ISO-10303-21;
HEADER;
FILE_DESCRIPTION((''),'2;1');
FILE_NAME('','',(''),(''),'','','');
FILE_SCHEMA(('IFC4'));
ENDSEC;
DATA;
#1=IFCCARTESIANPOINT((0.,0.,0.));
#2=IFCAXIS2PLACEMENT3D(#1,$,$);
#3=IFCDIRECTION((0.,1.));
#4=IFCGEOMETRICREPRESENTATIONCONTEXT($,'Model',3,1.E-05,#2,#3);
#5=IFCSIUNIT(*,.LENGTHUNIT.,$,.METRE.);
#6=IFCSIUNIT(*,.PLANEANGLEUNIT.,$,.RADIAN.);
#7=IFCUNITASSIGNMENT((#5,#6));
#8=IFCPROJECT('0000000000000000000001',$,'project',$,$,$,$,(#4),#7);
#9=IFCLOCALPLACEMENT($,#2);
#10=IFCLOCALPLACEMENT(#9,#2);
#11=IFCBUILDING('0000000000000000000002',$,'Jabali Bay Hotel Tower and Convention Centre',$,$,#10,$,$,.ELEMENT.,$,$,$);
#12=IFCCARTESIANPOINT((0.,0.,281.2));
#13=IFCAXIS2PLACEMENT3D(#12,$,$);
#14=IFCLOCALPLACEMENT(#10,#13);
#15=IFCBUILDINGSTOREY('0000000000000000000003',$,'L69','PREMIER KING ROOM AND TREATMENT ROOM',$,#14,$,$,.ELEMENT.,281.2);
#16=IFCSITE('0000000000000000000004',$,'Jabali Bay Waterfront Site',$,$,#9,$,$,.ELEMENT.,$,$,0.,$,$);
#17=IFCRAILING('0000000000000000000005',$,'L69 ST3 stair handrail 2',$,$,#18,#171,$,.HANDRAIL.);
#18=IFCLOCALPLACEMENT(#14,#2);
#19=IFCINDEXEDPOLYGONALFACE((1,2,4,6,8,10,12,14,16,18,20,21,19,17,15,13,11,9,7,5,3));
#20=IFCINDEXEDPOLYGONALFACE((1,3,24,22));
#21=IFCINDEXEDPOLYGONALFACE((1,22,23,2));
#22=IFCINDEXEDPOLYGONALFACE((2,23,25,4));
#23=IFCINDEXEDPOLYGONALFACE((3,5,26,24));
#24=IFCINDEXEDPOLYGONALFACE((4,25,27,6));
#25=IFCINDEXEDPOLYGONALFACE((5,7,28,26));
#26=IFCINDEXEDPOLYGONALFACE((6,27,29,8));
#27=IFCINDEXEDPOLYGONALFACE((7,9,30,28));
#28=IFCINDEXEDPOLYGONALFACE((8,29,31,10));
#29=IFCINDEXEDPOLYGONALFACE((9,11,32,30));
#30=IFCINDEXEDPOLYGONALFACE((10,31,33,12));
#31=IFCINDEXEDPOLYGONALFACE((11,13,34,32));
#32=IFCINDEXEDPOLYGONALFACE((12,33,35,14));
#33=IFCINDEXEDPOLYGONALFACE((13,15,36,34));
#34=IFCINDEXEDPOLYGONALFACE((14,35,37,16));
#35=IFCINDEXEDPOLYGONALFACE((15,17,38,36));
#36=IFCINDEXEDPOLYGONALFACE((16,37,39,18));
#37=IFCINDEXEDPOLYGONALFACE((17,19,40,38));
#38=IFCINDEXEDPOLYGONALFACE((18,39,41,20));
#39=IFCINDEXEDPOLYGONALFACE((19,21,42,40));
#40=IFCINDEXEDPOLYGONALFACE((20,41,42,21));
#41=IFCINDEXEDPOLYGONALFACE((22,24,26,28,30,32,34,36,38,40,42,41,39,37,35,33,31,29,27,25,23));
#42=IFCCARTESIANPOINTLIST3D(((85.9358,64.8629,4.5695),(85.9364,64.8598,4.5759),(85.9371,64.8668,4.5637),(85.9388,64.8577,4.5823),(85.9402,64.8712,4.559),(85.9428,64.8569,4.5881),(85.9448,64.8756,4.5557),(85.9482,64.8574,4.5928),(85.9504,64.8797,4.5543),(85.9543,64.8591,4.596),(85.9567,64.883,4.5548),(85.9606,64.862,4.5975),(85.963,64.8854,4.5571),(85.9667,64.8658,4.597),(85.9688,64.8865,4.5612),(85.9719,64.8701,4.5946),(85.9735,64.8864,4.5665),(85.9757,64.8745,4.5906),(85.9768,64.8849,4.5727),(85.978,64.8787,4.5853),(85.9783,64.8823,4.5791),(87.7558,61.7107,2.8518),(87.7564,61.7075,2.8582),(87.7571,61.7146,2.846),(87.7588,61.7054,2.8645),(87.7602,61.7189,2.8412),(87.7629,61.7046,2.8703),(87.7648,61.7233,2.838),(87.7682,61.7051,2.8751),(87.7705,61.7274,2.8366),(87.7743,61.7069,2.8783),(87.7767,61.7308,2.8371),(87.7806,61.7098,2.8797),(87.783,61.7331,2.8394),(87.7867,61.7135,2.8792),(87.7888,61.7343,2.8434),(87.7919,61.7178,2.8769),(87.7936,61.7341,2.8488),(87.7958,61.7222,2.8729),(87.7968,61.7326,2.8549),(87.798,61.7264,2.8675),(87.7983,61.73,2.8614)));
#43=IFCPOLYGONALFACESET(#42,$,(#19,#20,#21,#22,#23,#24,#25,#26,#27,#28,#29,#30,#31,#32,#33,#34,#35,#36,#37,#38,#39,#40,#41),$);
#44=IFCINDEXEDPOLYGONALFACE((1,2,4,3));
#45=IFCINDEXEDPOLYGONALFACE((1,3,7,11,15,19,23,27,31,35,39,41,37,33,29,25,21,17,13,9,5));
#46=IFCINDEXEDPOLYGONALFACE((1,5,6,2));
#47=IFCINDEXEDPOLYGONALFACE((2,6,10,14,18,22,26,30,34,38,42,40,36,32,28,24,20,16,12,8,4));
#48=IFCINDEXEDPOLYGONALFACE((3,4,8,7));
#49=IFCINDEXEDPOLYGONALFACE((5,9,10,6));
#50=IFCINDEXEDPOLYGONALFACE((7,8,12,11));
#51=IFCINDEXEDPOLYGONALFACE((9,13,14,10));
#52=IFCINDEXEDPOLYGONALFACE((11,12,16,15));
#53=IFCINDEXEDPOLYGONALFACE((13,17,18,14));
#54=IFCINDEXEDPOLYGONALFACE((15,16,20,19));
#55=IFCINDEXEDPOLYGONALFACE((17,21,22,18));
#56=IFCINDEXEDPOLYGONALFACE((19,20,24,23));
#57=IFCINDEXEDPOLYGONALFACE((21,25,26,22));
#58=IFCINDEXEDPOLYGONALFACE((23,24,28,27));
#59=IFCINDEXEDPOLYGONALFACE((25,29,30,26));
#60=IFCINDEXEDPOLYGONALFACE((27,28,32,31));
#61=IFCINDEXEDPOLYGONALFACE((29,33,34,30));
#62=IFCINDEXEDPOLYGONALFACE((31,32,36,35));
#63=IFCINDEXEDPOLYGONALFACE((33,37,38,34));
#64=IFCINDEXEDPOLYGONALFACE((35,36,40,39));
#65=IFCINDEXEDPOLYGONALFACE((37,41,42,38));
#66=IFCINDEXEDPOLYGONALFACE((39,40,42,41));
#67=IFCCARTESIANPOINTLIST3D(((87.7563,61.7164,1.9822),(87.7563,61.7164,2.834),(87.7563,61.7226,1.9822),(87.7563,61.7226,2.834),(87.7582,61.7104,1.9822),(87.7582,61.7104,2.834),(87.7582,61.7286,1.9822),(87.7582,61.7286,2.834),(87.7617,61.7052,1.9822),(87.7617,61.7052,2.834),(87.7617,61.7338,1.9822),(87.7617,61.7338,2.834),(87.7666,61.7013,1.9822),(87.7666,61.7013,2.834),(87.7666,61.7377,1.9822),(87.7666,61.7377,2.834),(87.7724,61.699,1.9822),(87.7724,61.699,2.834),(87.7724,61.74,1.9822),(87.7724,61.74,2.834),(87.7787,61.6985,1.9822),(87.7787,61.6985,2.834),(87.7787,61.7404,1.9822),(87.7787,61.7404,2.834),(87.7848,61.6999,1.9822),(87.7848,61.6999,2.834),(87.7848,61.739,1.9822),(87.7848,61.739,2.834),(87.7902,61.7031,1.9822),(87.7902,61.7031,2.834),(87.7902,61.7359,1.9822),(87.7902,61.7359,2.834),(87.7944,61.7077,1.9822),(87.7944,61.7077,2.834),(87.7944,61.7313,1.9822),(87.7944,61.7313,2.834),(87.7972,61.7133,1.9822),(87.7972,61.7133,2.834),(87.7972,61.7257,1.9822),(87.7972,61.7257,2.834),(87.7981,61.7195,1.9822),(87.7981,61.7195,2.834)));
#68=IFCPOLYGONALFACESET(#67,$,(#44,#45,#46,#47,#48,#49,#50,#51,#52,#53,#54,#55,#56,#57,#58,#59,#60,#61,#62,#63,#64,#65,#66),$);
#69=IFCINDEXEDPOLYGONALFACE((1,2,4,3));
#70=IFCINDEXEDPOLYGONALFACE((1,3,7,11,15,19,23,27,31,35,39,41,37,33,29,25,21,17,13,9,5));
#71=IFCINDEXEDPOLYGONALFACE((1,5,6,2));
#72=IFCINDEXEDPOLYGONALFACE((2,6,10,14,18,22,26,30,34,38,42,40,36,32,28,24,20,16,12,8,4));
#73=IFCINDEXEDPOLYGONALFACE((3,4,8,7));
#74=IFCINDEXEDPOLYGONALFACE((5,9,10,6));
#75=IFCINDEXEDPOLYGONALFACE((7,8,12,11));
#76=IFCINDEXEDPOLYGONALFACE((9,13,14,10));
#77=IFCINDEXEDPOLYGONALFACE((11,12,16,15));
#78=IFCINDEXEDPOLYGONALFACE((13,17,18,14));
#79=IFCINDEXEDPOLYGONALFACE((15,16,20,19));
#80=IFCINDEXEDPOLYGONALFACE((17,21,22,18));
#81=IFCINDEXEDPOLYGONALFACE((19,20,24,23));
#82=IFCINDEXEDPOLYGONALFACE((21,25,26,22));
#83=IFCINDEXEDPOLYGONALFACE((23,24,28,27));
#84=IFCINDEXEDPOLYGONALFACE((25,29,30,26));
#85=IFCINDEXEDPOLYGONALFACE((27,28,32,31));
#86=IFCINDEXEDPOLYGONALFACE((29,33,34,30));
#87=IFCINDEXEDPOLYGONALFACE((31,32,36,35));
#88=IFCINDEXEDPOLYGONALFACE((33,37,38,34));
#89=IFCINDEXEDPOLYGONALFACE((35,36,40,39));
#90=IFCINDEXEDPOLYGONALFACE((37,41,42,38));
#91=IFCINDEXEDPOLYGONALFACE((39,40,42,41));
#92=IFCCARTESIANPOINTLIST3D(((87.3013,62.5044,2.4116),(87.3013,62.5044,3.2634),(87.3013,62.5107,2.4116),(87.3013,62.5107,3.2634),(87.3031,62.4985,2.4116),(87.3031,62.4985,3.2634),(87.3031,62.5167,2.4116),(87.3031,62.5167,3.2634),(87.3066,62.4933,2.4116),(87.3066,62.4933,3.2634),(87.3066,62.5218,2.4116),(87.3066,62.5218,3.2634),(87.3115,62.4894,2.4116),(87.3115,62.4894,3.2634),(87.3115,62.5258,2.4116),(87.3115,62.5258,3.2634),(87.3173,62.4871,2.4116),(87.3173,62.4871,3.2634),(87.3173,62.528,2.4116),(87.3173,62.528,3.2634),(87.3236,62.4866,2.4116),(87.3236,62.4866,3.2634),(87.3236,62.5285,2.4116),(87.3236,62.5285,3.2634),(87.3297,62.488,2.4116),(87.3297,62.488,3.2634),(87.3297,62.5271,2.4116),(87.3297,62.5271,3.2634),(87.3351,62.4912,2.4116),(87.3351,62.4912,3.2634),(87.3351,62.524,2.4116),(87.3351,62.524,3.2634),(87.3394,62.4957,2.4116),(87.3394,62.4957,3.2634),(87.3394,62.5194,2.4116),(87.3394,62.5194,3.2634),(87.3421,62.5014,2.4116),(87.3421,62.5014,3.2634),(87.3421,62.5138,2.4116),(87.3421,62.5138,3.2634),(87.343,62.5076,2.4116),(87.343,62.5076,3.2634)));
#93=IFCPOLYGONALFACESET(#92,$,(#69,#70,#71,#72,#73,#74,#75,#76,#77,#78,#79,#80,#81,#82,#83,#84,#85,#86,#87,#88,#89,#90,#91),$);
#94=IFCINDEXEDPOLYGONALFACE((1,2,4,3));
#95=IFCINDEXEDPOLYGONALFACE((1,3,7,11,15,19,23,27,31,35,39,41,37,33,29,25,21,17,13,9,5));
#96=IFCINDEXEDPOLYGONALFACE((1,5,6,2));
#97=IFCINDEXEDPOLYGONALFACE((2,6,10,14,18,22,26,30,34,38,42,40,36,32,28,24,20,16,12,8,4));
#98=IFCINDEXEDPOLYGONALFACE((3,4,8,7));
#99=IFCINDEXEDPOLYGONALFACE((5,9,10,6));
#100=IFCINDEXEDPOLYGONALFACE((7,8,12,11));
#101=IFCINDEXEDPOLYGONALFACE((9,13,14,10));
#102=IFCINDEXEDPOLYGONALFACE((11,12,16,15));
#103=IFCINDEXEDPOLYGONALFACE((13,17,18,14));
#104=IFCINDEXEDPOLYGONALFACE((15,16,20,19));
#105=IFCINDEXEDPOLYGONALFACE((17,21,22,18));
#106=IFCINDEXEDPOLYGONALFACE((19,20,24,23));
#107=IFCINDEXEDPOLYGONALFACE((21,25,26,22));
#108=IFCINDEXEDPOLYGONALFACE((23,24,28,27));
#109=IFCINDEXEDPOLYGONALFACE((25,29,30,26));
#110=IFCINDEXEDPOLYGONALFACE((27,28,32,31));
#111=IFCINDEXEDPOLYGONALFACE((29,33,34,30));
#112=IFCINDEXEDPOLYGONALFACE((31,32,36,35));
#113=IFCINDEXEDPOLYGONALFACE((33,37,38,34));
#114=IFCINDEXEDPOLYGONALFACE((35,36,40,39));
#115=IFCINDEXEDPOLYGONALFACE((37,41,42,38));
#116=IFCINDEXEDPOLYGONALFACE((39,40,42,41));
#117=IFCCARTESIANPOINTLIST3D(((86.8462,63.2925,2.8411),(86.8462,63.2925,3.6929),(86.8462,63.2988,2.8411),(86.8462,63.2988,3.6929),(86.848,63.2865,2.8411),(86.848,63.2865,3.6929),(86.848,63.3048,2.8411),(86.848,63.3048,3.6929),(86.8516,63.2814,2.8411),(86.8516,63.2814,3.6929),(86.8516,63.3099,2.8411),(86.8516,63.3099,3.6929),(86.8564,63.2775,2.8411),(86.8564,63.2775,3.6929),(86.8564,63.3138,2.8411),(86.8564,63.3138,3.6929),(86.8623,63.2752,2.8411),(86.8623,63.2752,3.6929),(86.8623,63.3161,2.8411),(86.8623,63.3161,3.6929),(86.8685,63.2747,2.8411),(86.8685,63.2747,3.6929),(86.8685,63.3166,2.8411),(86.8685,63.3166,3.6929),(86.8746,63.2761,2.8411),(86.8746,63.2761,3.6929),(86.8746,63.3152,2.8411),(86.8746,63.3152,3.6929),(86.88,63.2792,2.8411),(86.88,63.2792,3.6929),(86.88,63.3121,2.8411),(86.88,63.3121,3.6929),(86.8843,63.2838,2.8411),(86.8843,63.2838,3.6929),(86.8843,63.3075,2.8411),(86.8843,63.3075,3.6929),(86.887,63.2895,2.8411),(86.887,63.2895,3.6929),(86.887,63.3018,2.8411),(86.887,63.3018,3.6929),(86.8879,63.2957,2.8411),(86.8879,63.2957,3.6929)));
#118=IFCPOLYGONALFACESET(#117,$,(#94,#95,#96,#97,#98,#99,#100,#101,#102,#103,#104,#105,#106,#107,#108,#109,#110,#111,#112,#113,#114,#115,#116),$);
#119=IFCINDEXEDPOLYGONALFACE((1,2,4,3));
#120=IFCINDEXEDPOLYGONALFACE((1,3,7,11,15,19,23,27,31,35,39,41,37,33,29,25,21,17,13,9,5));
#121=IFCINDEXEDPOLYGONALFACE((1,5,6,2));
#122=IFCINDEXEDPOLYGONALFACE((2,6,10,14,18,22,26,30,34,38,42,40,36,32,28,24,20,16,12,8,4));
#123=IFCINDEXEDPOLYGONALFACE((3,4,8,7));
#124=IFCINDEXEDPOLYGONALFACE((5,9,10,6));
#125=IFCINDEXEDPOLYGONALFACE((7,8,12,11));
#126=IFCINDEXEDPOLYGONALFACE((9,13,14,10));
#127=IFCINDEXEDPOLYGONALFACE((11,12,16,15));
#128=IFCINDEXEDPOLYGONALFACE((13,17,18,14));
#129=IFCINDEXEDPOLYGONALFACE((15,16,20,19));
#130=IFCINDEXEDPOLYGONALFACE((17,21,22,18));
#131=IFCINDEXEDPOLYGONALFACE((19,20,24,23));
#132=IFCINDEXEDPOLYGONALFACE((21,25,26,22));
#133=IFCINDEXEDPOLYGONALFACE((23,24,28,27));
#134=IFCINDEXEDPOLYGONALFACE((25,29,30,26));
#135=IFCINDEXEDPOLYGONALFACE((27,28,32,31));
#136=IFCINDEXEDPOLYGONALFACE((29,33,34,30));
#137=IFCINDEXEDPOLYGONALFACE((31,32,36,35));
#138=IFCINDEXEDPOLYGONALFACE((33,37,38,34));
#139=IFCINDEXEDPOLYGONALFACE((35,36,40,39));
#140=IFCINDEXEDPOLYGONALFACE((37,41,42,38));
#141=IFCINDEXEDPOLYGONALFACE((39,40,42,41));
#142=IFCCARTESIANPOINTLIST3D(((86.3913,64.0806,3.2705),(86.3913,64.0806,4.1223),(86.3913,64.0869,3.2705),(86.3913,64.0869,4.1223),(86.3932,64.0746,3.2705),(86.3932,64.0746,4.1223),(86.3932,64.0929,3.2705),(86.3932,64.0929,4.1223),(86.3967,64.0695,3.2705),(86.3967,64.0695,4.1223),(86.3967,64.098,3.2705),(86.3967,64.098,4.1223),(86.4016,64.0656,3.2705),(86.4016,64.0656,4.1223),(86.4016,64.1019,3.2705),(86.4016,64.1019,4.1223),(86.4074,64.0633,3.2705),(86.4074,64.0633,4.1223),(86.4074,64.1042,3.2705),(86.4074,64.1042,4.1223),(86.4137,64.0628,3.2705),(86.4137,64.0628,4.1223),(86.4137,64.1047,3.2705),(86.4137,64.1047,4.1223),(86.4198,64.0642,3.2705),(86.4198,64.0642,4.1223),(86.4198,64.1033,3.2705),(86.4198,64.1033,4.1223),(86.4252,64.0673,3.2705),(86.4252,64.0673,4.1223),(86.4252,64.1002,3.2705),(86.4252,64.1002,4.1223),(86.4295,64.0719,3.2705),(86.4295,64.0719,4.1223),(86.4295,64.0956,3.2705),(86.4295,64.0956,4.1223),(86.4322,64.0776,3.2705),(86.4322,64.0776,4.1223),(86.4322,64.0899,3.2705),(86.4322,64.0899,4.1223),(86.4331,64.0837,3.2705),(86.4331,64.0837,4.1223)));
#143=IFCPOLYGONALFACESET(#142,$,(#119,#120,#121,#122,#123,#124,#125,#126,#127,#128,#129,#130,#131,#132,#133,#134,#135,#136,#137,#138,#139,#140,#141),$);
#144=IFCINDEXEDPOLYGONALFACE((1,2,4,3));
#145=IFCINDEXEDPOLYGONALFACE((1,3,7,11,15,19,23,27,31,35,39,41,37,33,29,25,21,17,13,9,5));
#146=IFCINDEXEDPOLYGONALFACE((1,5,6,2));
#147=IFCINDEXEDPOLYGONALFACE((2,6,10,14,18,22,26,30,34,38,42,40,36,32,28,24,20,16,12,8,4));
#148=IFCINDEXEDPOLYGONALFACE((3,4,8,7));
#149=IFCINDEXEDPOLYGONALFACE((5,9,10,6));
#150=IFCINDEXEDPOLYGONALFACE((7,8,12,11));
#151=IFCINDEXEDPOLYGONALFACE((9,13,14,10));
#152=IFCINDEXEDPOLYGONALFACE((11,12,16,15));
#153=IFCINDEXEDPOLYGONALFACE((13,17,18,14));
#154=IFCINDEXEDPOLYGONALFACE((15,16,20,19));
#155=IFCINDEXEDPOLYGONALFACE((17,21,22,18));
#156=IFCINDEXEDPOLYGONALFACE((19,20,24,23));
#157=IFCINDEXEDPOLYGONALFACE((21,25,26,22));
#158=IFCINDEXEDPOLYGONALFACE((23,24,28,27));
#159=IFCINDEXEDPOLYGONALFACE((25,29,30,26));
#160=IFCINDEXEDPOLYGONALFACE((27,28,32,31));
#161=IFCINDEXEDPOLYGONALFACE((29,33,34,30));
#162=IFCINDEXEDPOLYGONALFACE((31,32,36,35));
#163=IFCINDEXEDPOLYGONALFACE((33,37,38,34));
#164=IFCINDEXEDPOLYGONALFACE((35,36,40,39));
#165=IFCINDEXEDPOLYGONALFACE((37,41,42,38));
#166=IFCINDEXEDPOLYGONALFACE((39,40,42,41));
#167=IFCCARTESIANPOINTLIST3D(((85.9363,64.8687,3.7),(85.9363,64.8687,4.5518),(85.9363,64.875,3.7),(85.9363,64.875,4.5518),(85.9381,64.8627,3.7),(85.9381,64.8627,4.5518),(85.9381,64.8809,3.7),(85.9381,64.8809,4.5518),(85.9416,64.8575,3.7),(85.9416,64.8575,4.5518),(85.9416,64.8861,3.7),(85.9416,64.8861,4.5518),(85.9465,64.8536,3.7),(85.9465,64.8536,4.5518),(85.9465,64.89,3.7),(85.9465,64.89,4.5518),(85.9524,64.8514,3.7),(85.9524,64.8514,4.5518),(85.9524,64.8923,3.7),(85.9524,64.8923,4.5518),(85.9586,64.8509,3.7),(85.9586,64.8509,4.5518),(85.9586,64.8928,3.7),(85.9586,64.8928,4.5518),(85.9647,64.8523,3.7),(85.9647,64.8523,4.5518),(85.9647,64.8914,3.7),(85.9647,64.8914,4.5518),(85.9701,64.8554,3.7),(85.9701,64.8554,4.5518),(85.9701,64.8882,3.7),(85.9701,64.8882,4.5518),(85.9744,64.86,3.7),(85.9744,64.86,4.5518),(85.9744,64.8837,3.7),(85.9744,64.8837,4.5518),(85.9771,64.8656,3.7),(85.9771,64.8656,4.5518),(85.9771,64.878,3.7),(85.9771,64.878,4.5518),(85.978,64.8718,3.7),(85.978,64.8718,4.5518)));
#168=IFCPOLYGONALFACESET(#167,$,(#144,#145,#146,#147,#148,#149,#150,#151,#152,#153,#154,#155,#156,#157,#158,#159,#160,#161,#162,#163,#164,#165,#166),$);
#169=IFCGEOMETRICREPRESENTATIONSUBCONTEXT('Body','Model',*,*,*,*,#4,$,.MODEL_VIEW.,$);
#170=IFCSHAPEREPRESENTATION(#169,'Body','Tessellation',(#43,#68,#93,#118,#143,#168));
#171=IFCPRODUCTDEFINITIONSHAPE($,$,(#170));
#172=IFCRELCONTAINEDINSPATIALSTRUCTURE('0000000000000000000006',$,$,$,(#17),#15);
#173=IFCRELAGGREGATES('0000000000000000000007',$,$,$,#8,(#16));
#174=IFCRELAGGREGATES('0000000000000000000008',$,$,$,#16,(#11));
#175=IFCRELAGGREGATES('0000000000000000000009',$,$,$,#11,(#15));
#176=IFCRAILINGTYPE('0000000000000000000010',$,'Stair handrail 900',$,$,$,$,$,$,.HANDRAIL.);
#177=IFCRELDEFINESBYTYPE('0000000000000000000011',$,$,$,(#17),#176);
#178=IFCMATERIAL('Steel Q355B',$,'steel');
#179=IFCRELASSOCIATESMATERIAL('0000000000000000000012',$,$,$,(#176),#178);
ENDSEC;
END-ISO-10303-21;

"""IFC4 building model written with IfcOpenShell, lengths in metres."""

from ifc_helpers import new_model, si_unit, direction, frame, origin, origin_2d, place, context, subcontext, project, spatial, circle, extrude, material, type_object, element, save


model = new_model("IFC4")

# Units and contexts
model_context = context("Model", 3, precision=1e-05, world=origin(), true_north=direction((0.0, 1.0)))
body_context = subcontext(model_context, "Body", "Model", "MODEL_VIEW")
ifc_project = project(units=[si_unit("LENGTHUNIT", "METRE"), si_unit("PLANEANGLEUNIT", "RADIAN")], contexts=[model_context])

# Site, building, storey
site_placement = place(None, origin())
site = spatial("IfcSite", under=ifc_project, at=site_placement, Name="Jabali Bay Waterfront Site", CompositionType="ELEMENT", RefElevation=0.0)
building_placement = place(site_placement, origin())
building = spatial("IfcBuilding", under=site, at=building_placement, Name="Jabali Bay Hotel Tower and Convention Centre", CompositionType="ELEMENT")
storey_placement = place(building_placement, frame((0.0, 0.0, 281.2)))
storey = spatial("IfcBuildingStorey", under=building, at=storey_placement, Name="L69", Description="PREMIER KING ROOM AND TREATMENT ROOM", CompositionType="ELEMENT", Elevation=281.2)

# Railing
ifc_material_1 = material(Name="Steel Q355B", Category="steel")
railing_type_1 = type_object("IfcRailingType", Name="Stair handrail 900", PredefinedType="HANDRAIL", material=ifc_material_1)
railing_1_placement = place(storey_placement, frame((87.7771, 61.7195, 1.9822)))
element("IfcRailing", 1, at=railing_1_placement, inside=storey, type_object=railing_type_1, Name="L69 ST3 stair handrail 2", PredefinedType="HANDRAIL", context=body_context, shape_type="SweptSolid", body=[
    extrude(circle(Radius=0.0239, at=origin_2d()), frame((0.0, 0.0, 0.876), z_axis=(-0.45219, 0.78319, 0.426775), x_axis=(-0.866018, -0.500013, 0.0)), (0.0, 0.0, 1.0), 4.0249),
    extrude(circle(Radius=0.021, at=origin_2d()), origin(), (0.0, 0.0, 1.0), 0.8518),
    extrude(circle(Radius=0.021, at=origin_2d()), frame((-0.4551, 0.7881, 0.4294)), (0.0, 0.0, 1.0), 0.8518),
    extrude(circle(Radius=0.021, at=origin_2d()), frame((-0.9102, 1.5762, 0.8589)), (0.0, 0.0, 1.0), 0.8518),
    extrude(circle(Radius=0.021, at=origin_2d()), frame((-1.365, 2.3643, 1.2883)), (0.0, 0.0, 1.0), 0.8518),
    extrude(circle(Radius=0.021, at=origin_2d()), frame((-1.8201, 3.1523, 1.7178)), (0.0, 0.0, 1.0), 0.8518),
])

save(model, "model.ifc")
